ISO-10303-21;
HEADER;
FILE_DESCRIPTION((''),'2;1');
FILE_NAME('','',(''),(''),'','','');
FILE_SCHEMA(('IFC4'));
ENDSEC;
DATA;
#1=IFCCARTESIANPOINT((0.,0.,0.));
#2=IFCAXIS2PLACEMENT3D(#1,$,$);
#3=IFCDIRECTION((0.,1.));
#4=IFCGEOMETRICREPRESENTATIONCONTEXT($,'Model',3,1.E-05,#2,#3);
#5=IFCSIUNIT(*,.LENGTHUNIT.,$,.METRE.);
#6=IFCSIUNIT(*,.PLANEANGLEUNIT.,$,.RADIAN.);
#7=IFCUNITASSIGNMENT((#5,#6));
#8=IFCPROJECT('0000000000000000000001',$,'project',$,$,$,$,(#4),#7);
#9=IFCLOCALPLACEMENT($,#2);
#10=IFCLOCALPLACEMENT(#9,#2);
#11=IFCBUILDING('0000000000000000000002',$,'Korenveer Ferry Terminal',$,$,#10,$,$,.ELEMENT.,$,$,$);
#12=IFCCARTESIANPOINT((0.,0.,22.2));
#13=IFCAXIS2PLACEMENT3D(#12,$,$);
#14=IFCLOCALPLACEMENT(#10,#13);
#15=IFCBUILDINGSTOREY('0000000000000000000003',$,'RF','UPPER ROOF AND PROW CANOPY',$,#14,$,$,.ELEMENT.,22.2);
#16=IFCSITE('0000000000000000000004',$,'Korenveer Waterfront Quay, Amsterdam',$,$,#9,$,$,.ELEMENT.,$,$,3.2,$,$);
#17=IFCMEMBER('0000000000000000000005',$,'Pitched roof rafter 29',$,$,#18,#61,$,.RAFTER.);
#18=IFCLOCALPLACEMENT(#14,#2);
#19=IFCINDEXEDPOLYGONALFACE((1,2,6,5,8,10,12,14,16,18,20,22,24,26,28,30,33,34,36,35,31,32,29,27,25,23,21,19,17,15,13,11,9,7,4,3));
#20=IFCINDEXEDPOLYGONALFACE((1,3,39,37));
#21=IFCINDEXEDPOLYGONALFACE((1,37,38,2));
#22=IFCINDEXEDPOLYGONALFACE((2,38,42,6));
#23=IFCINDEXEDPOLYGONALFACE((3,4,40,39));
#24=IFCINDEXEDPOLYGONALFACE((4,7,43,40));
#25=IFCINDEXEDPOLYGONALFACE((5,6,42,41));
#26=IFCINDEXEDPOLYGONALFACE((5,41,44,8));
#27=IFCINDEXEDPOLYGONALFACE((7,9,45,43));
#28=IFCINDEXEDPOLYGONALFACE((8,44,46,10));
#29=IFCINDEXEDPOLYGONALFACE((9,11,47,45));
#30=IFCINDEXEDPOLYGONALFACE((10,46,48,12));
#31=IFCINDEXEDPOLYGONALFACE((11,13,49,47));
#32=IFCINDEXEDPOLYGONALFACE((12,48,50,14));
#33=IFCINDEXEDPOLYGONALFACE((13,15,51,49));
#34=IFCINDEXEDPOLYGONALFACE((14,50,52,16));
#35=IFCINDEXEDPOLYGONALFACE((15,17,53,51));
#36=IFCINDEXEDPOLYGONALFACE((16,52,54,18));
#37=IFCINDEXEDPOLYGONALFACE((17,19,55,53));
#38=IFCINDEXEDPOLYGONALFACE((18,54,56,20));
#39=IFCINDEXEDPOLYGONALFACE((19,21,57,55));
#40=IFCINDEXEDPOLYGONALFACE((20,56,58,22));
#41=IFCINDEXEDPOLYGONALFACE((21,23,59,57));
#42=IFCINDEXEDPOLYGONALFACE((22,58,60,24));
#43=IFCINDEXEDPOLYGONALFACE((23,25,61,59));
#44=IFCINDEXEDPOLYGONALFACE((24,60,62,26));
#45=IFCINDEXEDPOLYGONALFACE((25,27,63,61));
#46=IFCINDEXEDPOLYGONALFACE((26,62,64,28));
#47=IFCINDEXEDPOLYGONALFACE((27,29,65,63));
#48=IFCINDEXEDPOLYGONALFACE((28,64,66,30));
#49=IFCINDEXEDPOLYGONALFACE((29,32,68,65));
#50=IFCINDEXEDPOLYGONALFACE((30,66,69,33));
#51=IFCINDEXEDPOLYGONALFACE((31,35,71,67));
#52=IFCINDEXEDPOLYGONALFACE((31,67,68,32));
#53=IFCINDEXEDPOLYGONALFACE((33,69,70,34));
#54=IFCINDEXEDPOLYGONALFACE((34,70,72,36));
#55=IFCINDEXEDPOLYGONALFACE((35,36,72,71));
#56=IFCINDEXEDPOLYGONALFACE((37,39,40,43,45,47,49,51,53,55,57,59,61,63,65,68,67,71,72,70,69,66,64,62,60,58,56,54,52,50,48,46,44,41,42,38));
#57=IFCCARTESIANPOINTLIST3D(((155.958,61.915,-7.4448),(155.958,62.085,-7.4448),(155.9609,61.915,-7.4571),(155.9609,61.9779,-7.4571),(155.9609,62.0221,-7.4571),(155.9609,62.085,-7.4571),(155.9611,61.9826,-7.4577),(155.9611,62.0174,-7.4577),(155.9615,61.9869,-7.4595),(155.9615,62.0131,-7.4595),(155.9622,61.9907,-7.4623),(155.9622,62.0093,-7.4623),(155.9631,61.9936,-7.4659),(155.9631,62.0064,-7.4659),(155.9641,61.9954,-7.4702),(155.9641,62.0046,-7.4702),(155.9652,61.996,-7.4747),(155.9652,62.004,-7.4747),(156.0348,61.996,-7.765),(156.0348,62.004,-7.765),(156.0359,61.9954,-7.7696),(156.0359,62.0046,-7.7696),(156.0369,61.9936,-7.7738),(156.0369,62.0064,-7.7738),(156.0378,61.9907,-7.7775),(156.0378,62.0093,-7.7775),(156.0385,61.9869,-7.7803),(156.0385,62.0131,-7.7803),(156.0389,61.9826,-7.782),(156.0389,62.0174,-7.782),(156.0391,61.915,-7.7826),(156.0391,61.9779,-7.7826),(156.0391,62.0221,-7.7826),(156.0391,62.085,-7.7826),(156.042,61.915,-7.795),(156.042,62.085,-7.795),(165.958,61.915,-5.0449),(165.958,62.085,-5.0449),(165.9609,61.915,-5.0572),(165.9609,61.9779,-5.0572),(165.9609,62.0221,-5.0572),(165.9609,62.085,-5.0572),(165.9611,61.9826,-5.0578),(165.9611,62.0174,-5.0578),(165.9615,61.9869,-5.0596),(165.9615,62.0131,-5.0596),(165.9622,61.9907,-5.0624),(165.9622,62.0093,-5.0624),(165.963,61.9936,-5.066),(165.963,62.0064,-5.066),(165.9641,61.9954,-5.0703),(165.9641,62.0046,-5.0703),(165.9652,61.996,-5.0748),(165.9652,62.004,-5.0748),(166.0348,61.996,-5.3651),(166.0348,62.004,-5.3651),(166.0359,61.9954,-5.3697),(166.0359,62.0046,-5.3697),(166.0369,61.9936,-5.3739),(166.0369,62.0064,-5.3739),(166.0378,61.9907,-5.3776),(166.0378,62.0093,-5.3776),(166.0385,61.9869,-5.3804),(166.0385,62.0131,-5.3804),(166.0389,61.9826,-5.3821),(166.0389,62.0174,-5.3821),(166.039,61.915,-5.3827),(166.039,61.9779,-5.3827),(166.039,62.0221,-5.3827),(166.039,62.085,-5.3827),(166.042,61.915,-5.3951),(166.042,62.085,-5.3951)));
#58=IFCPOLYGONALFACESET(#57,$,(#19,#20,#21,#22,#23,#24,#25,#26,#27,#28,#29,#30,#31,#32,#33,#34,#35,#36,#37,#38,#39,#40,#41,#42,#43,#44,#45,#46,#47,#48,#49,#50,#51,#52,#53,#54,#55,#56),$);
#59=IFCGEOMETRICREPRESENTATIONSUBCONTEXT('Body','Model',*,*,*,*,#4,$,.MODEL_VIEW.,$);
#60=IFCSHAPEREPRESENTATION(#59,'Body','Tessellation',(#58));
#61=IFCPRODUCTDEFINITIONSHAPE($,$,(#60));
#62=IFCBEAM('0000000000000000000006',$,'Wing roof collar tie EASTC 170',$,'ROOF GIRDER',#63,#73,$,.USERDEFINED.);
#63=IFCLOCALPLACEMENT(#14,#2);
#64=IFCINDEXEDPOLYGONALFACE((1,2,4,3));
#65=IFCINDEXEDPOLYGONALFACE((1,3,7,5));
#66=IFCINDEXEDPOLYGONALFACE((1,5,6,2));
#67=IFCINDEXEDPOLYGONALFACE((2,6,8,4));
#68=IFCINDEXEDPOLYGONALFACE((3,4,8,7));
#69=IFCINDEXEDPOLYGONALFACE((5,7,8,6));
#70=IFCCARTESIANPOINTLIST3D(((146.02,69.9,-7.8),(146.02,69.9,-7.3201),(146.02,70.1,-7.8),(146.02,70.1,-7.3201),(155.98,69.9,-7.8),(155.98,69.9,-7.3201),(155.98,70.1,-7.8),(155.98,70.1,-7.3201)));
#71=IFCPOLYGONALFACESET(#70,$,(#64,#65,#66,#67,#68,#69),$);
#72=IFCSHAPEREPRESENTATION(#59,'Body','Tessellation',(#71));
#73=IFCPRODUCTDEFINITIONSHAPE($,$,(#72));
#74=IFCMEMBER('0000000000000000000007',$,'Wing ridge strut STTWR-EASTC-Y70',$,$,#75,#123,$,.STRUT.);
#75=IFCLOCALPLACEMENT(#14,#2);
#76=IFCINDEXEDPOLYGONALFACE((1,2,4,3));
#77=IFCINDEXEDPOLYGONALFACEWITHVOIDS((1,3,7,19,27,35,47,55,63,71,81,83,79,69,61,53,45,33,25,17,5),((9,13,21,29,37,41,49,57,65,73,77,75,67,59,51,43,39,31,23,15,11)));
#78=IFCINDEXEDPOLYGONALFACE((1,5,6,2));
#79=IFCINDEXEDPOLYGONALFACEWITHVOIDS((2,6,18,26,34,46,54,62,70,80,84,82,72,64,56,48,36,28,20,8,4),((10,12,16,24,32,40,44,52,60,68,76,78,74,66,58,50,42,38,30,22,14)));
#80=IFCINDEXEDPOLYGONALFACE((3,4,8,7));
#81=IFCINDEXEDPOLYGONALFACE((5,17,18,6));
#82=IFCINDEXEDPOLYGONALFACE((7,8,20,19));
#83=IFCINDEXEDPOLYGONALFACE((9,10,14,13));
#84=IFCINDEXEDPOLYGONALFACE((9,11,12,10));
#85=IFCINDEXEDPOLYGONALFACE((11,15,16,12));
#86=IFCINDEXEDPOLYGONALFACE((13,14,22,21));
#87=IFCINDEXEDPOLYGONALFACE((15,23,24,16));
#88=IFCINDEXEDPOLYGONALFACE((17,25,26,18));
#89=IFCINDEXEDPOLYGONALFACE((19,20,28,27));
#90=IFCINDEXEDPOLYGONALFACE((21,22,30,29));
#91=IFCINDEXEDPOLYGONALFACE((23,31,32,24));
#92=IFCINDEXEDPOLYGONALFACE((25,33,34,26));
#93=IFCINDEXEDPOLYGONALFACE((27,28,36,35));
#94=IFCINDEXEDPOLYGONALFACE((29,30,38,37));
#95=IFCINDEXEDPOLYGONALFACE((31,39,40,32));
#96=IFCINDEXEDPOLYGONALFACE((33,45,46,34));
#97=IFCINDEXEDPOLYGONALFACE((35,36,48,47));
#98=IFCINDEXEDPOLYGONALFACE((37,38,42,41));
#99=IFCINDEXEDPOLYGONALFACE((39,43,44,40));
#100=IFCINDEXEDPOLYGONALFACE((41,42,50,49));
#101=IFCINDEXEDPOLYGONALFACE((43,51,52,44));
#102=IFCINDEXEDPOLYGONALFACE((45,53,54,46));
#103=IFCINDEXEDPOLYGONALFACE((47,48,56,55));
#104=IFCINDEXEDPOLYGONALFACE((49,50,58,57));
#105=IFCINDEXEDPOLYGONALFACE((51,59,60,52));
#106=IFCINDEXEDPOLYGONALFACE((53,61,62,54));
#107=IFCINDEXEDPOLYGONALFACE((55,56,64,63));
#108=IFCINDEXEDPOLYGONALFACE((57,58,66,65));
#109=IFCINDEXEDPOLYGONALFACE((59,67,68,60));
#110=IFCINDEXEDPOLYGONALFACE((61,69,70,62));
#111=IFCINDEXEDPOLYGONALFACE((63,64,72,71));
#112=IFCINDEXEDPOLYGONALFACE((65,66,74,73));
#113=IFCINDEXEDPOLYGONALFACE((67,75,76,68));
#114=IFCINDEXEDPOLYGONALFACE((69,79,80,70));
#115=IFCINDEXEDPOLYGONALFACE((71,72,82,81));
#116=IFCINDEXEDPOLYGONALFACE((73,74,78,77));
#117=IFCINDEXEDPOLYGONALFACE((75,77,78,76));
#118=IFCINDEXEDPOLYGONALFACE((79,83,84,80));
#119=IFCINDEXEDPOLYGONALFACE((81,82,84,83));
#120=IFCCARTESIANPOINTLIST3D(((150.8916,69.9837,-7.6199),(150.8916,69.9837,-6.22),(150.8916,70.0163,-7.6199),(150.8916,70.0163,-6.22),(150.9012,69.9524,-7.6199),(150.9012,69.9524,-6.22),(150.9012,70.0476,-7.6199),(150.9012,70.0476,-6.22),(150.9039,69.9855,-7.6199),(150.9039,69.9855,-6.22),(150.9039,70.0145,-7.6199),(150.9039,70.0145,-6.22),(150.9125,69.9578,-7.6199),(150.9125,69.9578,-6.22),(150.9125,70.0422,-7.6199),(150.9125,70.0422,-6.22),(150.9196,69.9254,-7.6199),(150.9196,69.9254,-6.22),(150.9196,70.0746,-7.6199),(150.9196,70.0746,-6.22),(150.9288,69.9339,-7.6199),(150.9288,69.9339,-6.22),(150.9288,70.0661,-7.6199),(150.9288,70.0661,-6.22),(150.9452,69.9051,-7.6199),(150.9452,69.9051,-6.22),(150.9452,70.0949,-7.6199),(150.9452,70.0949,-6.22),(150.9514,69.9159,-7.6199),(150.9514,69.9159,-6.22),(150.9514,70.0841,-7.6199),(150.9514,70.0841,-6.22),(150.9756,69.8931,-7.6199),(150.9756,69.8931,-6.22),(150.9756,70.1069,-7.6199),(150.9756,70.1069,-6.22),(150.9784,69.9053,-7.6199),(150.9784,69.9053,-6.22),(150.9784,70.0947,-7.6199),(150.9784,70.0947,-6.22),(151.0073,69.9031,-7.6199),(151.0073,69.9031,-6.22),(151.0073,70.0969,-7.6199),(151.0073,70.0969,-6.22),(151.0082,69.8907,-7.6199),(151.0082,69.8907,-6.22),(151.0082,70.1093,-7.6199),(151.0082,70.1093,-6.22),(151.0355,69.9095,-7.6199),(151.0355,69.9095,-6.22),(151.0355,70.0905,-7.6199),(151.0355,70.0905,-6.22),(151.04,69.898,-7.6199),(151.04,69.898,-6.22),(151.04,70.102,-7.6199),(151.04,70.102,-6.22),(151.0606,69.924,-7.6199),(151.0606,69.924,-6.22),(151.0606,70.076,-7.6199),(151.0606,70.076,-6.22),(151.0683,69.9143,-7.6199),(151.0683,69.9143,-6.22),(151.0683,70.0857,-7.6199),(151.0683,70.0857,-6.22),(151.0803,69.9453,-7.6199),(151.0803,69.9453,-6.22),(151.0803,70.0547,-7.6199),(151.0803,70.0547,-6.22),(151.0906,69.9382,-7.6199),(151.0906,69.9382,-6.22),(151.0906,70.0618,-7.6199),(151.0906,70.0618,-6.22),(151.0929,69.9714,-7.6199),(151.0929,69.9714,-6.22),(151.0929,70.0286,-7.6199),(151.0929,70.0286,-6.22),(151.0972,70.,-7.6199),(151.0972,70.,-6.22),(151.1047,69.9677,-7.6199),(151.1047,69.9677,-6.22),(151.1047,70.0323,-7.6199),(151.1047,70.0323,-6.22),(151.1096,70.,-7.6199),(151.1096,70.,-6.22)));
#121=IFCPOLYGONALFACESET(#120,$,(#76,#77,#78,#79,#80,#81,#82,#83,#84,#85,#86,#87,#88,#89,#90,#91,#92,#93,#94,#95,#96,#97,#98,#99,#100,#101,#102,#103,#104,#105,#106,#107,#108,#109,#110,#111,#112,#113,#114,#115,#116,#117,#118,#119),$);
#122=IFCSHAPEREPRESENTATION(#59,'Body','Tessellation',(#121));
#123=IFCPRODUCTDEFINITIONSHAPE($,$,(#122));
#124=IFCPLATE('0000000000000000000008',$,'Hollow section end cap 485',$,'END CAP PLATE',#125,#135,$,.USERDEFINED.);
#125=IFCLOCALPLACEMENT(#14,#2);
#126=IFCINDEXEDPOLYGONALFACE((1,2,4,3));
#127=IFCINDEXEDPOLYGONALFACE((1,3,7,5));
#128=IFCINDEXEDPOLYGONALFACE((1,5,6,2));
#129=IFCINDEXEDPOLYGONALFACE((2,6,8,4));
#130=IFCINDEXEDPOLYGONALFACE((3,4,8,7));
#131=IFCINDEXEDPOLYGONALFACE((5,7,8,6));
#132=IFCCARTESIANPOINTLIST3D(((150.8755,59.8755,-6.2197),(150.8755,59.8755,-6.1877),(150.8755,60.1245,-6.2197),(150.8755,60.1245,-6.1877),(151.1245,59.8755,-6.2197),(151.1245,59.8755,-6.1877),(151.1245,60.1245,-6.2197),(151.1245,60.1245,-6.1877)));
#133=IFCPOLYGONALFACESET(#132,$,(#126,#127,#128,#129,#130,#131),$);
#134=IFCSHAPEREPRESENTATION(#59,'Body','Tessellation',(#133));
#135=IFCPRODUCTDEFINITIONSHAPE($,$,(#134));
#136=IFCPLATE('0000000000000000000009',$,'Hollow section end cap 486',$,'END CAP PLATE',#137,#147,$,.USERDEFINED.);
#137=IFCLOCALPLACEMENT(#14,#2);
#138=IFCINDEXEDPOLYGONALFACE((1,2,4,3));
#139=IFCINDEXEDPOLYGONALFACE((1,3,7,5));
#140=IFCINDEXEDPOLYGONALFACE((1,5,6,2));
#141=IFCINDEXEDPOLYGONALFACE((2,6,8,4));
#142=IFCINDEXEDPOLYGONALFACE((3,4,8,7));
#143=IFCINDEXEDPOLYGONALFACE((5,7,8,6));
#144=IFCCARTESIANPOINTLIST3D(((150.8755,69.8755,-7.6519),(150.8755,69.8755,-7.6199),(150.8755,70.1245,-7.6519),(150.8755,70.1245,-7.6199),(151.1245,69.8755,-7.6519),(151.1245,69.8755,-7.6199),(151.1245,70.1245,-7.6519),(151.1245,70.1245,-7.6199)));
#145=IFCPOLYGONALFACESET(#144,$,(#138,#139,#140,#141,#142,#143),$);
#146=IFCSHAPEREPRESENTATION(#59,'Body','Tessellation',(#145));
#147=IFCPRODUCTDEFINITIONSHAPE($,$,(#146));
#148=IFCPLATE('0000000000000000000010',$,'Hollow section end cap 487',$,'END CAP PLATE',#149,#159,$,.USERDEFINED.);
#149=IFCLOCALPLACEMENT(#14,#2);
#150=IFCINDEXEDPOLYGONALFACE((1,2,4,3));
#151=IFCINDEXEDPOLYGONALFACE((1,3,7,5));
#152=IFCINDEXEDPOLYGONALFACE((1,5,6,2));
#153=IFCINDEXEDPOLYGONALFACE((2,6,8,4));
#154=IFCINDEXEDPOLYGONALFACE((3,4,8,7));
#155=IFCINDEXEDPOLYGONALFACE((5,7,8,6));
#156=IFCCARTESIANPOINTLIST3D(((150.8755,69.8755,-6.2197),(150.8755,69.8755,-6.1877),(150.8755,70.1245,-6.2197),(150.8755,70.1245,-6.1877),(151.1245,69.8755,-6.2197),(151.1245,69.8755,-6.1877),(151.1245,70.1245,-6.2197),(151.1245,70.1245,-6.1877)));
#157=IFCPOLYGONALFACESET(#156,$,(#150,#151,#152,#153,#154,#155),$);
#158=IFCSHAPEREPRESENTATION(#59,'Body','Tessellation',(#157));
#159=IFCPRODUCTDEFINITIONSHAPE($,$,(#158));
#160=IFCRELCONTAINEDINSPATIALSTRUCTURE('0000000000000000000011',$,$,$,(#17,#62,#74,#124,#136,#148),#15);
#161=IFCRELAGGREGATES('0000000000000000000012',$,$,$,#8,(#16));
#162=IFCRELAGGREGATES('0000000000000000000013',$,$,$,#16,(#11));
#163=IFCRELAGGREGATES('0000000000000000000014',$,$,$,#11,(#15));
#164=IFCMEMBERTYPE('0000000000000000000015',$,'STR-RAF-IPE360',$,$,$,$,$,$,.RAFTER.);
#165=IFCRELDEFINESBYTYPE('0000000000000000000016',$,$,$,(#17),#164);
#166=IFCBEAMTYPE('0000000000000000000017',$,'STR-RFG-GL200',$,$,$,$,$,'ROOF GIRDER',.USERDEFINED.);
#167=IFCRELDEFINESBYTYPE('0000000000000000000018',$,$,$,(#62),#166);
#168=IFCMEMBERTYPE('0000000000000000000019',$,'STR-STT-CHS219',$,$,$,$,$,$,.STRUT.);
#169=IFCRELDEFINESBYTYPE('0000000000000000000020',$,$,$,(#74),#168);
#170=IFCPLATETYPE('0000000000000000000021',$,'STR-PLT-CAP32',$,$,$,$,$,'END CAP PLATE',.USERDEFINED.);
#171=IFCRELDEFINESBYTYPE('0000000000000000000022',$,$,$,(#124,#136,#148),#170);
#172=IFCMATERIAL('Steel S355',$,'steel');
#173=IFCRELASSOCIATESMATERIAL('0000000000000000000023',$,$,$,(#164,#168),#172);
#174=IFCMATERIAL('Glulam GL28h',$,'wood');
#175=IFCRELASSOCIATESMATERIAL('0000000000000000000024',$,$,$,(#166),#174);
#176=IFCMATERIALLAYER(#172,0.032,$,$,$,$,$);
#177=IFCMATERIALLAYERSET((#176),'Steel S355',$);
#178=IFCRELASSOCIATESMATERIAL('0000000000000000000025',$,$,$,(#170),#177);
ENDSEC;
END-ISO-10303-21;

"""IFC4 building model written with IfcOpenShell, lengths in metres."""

from ifc_helpers import new_model, si_unit, direction, frame, origin, origin_2d, place, context, subcontext, project, spatial, rectangle, hollow_circle, i_section, extrude, material, layer, layer_set, material_profile, profile_set, type_object, element, save


model = new_model("IFC4")

# Units and contexts
model_context = context("Model", 3, precision=1e-05, world=origin(), true_north=direction((0.0, 1.0)))
body_context = subcontext(model_context, "Body", "Model", "MODEL_VIEW")
ifc_project = project(units=[si_unit("LENGTHUNIT", "METRE"), si_unit("PLANEANGLEUNIT", "RADIAN")], contexts=[model_context])

# Site, building, storey
site_placement = place(None, origin())
site = spatial("IfcSite", under=ifc_project, at=site_placement, Name="Korenveer Waterfront Quay, Amsterdam", CompositionType="ELEMENT", RefElevation=3.2)
building_placement = place(site_placement, origin())
building = spatial("IfcBuilding", under=site, at=building_placement, Name="Korenveer Ferry Terminal", CompositionType="ELEMENT")
storey_placement = place(building_placement, frame((0.0, 0.0, 22.2)))
storey = spatial("IfcBuildingStorey", under=building, at=storey_placement, Name="RF", Description="UPPER ROOF AND PROW CANOPY", CompositionType="ELEMENT", Elevation=22.2)

# Shared definitions
ifc_material_1 = material(Name="Steel S355", Category="steel")

# Member
ifc_material_profile_1 = material_profile(ifc_material_1, i_section(OverallWidth=0.1699, OverallDepth=0.3601, WebThickness=0.0081, FlangeThickness=0.0127, FilletRadius=0.0181, at=origin_2d()), Name="IPE 360")
ifc_profile_set_1 = profile_set([ifc_material_profile_1], Name="Steel S355")
member_type_1 = type_object("IfcMemberType", Name="STR-RAF-IPE360", PredefinedType="RAFTER", material=ifc_profile_set_1)
member_1_placement = place(storey_placement, frame((156.0, 62.0, -7.6199), z_axis=(0.972389, 0.0, 0.233364), x_axis=(0.0, 1.0, 0.0)))
element("IfcMember", 1, at=member_1_placement, inside=storey, type_object=member_type_1, Name="Pitched roof rafter 29", PredefinedType="RAFTER", context=body_context, shape_type="SweptSolid", body=[
    extrude(i_section(OverallWidth=0.1699, OverallDepth=0.3601, WebThickness=0.0081, FlangeThickness=0.0127, FilletRadius=0.0181, at=origin_2d()), origin(), (0.0, 0.0, 1.0), 10.2839),
])

# Beam
ifc_material_2 = material(Name="Glulam GL28h", Category="wood")
ifc_material_profile_2 = material_profile(ifc_material_2, rectangle(XDim=0.2, YDim=0.48, at=origin_2d()), Name="GL 200x480")
ifc_profile_set_2 = profile_set([ifc_material_profile_2], Name="Glulam GL28h")
beam_type_1 = type_object("IfcBeamType", Name="STR-RFG-GL200", ElementType="ROOF GIRDER", PredefinedType="USERDEFINED", material=ifc_profile_set_2)
beam_placement = place(storey_placement, frame((146.02, 70.0, -7.5601), z_axis=(1.0, 0.0, 0.0), x_axis=(0.0, 1.0, 0.0)))
element("IfcBeam", 2, at=beam_placement, inside=storey, type_object=beam_type_1, Name="Wing roof collar tie EASTC 170", ObjectType="ROOF GIRDER", PredefinedType="USERDEFINED", context=body_context, shape_type="SweptSolid", body=[
    extrude(rectangle(XDim=0.2, YDim=0.48, at=origin_2d()), origin(), (0.0, 0.0, 1.0), 9.96),
])

# Member
ifc_material_profile_3 = material_profile(ifc_material_1, hollow_circle(Radius=0.1096, WallThickness=0.0125, at=origin_2d()), Name="CHS 219.1x12.5")
ifc_profile_set_3 = profile_set([ifc_material_profile_3], Name="Steel S355")
member_type_2 = type_object("IfcMemberType", Name="STR-STT-CHS219", PredefinedType="STRUT", material=ifc_profile_set_3)
member_2_placement = place(storey_placement, frame((151.0, 70.0, -7.6199), z_axis=(0.0, 0.0, 1.0), x_axis=(1.0, 0.0, 0.0)))
element("IfcMember", 3, at=member_2_placement, inside=storey, type_object=member_type_2, Name="Wing ridge strut STTWR-EASTC-Y70", PredefinedType="STRUT", context=body_context, shape_type="SweptSolid", body=[
    extrude(hollow_circle(Radius=0.1096, WallThickness=0.0125, at=origin_2d()), origin(), (0.0, 0.0, 1.0), 1.3999),
])

# Plates
ifc_layer = layer(ifc_material_1, 0.032)
ifc_layer_set = layer_set([ifc_layer], Name="Steel S355")
plate_type = type_object("IfcPlateType", Name="STR-PLT-CAP32", ElementType="END CAP PLATE", PredefinedType="USERDEFINED", material=ifc_layer_set)
for number, where, z_axis, x_axis, name in (
    (4, (151.0, 60.0, -6.2197), (0.0, 0.0, 1.0), (1.0, 0.0, 0.0), "Hollow section end cap 485"),
    (5, (151.0, 70.0, -7.6519), (0.0, 0.0, 1.0), (1.0, 0.0, 0.0), "Hollow section end cap 486"),
    (6, (151.0, 70.0, -6.2197), (0.0, 0.0, 1.0), (1.0, 0.0, 0.0), "Hollow section end cap 487"),
):
    element("IfcPlate", number, at=place(storey_placement, frame(where, z_axis=z_axis, x_axis=x_axis)), inside=storey, type_object=plate_type, Name=name, ObjectType="END CAP PLATE", PredefinedType="USERDEFINED", context=body_context, shape_type="SweptSolid", body=[
        extrude(rectangle(XDim=0.249, YDim=0.249, at=origin_2d()), origin(), (0.0, 0.0, 1.0), 0.032),
    ])

save(model, "model.ifc")
